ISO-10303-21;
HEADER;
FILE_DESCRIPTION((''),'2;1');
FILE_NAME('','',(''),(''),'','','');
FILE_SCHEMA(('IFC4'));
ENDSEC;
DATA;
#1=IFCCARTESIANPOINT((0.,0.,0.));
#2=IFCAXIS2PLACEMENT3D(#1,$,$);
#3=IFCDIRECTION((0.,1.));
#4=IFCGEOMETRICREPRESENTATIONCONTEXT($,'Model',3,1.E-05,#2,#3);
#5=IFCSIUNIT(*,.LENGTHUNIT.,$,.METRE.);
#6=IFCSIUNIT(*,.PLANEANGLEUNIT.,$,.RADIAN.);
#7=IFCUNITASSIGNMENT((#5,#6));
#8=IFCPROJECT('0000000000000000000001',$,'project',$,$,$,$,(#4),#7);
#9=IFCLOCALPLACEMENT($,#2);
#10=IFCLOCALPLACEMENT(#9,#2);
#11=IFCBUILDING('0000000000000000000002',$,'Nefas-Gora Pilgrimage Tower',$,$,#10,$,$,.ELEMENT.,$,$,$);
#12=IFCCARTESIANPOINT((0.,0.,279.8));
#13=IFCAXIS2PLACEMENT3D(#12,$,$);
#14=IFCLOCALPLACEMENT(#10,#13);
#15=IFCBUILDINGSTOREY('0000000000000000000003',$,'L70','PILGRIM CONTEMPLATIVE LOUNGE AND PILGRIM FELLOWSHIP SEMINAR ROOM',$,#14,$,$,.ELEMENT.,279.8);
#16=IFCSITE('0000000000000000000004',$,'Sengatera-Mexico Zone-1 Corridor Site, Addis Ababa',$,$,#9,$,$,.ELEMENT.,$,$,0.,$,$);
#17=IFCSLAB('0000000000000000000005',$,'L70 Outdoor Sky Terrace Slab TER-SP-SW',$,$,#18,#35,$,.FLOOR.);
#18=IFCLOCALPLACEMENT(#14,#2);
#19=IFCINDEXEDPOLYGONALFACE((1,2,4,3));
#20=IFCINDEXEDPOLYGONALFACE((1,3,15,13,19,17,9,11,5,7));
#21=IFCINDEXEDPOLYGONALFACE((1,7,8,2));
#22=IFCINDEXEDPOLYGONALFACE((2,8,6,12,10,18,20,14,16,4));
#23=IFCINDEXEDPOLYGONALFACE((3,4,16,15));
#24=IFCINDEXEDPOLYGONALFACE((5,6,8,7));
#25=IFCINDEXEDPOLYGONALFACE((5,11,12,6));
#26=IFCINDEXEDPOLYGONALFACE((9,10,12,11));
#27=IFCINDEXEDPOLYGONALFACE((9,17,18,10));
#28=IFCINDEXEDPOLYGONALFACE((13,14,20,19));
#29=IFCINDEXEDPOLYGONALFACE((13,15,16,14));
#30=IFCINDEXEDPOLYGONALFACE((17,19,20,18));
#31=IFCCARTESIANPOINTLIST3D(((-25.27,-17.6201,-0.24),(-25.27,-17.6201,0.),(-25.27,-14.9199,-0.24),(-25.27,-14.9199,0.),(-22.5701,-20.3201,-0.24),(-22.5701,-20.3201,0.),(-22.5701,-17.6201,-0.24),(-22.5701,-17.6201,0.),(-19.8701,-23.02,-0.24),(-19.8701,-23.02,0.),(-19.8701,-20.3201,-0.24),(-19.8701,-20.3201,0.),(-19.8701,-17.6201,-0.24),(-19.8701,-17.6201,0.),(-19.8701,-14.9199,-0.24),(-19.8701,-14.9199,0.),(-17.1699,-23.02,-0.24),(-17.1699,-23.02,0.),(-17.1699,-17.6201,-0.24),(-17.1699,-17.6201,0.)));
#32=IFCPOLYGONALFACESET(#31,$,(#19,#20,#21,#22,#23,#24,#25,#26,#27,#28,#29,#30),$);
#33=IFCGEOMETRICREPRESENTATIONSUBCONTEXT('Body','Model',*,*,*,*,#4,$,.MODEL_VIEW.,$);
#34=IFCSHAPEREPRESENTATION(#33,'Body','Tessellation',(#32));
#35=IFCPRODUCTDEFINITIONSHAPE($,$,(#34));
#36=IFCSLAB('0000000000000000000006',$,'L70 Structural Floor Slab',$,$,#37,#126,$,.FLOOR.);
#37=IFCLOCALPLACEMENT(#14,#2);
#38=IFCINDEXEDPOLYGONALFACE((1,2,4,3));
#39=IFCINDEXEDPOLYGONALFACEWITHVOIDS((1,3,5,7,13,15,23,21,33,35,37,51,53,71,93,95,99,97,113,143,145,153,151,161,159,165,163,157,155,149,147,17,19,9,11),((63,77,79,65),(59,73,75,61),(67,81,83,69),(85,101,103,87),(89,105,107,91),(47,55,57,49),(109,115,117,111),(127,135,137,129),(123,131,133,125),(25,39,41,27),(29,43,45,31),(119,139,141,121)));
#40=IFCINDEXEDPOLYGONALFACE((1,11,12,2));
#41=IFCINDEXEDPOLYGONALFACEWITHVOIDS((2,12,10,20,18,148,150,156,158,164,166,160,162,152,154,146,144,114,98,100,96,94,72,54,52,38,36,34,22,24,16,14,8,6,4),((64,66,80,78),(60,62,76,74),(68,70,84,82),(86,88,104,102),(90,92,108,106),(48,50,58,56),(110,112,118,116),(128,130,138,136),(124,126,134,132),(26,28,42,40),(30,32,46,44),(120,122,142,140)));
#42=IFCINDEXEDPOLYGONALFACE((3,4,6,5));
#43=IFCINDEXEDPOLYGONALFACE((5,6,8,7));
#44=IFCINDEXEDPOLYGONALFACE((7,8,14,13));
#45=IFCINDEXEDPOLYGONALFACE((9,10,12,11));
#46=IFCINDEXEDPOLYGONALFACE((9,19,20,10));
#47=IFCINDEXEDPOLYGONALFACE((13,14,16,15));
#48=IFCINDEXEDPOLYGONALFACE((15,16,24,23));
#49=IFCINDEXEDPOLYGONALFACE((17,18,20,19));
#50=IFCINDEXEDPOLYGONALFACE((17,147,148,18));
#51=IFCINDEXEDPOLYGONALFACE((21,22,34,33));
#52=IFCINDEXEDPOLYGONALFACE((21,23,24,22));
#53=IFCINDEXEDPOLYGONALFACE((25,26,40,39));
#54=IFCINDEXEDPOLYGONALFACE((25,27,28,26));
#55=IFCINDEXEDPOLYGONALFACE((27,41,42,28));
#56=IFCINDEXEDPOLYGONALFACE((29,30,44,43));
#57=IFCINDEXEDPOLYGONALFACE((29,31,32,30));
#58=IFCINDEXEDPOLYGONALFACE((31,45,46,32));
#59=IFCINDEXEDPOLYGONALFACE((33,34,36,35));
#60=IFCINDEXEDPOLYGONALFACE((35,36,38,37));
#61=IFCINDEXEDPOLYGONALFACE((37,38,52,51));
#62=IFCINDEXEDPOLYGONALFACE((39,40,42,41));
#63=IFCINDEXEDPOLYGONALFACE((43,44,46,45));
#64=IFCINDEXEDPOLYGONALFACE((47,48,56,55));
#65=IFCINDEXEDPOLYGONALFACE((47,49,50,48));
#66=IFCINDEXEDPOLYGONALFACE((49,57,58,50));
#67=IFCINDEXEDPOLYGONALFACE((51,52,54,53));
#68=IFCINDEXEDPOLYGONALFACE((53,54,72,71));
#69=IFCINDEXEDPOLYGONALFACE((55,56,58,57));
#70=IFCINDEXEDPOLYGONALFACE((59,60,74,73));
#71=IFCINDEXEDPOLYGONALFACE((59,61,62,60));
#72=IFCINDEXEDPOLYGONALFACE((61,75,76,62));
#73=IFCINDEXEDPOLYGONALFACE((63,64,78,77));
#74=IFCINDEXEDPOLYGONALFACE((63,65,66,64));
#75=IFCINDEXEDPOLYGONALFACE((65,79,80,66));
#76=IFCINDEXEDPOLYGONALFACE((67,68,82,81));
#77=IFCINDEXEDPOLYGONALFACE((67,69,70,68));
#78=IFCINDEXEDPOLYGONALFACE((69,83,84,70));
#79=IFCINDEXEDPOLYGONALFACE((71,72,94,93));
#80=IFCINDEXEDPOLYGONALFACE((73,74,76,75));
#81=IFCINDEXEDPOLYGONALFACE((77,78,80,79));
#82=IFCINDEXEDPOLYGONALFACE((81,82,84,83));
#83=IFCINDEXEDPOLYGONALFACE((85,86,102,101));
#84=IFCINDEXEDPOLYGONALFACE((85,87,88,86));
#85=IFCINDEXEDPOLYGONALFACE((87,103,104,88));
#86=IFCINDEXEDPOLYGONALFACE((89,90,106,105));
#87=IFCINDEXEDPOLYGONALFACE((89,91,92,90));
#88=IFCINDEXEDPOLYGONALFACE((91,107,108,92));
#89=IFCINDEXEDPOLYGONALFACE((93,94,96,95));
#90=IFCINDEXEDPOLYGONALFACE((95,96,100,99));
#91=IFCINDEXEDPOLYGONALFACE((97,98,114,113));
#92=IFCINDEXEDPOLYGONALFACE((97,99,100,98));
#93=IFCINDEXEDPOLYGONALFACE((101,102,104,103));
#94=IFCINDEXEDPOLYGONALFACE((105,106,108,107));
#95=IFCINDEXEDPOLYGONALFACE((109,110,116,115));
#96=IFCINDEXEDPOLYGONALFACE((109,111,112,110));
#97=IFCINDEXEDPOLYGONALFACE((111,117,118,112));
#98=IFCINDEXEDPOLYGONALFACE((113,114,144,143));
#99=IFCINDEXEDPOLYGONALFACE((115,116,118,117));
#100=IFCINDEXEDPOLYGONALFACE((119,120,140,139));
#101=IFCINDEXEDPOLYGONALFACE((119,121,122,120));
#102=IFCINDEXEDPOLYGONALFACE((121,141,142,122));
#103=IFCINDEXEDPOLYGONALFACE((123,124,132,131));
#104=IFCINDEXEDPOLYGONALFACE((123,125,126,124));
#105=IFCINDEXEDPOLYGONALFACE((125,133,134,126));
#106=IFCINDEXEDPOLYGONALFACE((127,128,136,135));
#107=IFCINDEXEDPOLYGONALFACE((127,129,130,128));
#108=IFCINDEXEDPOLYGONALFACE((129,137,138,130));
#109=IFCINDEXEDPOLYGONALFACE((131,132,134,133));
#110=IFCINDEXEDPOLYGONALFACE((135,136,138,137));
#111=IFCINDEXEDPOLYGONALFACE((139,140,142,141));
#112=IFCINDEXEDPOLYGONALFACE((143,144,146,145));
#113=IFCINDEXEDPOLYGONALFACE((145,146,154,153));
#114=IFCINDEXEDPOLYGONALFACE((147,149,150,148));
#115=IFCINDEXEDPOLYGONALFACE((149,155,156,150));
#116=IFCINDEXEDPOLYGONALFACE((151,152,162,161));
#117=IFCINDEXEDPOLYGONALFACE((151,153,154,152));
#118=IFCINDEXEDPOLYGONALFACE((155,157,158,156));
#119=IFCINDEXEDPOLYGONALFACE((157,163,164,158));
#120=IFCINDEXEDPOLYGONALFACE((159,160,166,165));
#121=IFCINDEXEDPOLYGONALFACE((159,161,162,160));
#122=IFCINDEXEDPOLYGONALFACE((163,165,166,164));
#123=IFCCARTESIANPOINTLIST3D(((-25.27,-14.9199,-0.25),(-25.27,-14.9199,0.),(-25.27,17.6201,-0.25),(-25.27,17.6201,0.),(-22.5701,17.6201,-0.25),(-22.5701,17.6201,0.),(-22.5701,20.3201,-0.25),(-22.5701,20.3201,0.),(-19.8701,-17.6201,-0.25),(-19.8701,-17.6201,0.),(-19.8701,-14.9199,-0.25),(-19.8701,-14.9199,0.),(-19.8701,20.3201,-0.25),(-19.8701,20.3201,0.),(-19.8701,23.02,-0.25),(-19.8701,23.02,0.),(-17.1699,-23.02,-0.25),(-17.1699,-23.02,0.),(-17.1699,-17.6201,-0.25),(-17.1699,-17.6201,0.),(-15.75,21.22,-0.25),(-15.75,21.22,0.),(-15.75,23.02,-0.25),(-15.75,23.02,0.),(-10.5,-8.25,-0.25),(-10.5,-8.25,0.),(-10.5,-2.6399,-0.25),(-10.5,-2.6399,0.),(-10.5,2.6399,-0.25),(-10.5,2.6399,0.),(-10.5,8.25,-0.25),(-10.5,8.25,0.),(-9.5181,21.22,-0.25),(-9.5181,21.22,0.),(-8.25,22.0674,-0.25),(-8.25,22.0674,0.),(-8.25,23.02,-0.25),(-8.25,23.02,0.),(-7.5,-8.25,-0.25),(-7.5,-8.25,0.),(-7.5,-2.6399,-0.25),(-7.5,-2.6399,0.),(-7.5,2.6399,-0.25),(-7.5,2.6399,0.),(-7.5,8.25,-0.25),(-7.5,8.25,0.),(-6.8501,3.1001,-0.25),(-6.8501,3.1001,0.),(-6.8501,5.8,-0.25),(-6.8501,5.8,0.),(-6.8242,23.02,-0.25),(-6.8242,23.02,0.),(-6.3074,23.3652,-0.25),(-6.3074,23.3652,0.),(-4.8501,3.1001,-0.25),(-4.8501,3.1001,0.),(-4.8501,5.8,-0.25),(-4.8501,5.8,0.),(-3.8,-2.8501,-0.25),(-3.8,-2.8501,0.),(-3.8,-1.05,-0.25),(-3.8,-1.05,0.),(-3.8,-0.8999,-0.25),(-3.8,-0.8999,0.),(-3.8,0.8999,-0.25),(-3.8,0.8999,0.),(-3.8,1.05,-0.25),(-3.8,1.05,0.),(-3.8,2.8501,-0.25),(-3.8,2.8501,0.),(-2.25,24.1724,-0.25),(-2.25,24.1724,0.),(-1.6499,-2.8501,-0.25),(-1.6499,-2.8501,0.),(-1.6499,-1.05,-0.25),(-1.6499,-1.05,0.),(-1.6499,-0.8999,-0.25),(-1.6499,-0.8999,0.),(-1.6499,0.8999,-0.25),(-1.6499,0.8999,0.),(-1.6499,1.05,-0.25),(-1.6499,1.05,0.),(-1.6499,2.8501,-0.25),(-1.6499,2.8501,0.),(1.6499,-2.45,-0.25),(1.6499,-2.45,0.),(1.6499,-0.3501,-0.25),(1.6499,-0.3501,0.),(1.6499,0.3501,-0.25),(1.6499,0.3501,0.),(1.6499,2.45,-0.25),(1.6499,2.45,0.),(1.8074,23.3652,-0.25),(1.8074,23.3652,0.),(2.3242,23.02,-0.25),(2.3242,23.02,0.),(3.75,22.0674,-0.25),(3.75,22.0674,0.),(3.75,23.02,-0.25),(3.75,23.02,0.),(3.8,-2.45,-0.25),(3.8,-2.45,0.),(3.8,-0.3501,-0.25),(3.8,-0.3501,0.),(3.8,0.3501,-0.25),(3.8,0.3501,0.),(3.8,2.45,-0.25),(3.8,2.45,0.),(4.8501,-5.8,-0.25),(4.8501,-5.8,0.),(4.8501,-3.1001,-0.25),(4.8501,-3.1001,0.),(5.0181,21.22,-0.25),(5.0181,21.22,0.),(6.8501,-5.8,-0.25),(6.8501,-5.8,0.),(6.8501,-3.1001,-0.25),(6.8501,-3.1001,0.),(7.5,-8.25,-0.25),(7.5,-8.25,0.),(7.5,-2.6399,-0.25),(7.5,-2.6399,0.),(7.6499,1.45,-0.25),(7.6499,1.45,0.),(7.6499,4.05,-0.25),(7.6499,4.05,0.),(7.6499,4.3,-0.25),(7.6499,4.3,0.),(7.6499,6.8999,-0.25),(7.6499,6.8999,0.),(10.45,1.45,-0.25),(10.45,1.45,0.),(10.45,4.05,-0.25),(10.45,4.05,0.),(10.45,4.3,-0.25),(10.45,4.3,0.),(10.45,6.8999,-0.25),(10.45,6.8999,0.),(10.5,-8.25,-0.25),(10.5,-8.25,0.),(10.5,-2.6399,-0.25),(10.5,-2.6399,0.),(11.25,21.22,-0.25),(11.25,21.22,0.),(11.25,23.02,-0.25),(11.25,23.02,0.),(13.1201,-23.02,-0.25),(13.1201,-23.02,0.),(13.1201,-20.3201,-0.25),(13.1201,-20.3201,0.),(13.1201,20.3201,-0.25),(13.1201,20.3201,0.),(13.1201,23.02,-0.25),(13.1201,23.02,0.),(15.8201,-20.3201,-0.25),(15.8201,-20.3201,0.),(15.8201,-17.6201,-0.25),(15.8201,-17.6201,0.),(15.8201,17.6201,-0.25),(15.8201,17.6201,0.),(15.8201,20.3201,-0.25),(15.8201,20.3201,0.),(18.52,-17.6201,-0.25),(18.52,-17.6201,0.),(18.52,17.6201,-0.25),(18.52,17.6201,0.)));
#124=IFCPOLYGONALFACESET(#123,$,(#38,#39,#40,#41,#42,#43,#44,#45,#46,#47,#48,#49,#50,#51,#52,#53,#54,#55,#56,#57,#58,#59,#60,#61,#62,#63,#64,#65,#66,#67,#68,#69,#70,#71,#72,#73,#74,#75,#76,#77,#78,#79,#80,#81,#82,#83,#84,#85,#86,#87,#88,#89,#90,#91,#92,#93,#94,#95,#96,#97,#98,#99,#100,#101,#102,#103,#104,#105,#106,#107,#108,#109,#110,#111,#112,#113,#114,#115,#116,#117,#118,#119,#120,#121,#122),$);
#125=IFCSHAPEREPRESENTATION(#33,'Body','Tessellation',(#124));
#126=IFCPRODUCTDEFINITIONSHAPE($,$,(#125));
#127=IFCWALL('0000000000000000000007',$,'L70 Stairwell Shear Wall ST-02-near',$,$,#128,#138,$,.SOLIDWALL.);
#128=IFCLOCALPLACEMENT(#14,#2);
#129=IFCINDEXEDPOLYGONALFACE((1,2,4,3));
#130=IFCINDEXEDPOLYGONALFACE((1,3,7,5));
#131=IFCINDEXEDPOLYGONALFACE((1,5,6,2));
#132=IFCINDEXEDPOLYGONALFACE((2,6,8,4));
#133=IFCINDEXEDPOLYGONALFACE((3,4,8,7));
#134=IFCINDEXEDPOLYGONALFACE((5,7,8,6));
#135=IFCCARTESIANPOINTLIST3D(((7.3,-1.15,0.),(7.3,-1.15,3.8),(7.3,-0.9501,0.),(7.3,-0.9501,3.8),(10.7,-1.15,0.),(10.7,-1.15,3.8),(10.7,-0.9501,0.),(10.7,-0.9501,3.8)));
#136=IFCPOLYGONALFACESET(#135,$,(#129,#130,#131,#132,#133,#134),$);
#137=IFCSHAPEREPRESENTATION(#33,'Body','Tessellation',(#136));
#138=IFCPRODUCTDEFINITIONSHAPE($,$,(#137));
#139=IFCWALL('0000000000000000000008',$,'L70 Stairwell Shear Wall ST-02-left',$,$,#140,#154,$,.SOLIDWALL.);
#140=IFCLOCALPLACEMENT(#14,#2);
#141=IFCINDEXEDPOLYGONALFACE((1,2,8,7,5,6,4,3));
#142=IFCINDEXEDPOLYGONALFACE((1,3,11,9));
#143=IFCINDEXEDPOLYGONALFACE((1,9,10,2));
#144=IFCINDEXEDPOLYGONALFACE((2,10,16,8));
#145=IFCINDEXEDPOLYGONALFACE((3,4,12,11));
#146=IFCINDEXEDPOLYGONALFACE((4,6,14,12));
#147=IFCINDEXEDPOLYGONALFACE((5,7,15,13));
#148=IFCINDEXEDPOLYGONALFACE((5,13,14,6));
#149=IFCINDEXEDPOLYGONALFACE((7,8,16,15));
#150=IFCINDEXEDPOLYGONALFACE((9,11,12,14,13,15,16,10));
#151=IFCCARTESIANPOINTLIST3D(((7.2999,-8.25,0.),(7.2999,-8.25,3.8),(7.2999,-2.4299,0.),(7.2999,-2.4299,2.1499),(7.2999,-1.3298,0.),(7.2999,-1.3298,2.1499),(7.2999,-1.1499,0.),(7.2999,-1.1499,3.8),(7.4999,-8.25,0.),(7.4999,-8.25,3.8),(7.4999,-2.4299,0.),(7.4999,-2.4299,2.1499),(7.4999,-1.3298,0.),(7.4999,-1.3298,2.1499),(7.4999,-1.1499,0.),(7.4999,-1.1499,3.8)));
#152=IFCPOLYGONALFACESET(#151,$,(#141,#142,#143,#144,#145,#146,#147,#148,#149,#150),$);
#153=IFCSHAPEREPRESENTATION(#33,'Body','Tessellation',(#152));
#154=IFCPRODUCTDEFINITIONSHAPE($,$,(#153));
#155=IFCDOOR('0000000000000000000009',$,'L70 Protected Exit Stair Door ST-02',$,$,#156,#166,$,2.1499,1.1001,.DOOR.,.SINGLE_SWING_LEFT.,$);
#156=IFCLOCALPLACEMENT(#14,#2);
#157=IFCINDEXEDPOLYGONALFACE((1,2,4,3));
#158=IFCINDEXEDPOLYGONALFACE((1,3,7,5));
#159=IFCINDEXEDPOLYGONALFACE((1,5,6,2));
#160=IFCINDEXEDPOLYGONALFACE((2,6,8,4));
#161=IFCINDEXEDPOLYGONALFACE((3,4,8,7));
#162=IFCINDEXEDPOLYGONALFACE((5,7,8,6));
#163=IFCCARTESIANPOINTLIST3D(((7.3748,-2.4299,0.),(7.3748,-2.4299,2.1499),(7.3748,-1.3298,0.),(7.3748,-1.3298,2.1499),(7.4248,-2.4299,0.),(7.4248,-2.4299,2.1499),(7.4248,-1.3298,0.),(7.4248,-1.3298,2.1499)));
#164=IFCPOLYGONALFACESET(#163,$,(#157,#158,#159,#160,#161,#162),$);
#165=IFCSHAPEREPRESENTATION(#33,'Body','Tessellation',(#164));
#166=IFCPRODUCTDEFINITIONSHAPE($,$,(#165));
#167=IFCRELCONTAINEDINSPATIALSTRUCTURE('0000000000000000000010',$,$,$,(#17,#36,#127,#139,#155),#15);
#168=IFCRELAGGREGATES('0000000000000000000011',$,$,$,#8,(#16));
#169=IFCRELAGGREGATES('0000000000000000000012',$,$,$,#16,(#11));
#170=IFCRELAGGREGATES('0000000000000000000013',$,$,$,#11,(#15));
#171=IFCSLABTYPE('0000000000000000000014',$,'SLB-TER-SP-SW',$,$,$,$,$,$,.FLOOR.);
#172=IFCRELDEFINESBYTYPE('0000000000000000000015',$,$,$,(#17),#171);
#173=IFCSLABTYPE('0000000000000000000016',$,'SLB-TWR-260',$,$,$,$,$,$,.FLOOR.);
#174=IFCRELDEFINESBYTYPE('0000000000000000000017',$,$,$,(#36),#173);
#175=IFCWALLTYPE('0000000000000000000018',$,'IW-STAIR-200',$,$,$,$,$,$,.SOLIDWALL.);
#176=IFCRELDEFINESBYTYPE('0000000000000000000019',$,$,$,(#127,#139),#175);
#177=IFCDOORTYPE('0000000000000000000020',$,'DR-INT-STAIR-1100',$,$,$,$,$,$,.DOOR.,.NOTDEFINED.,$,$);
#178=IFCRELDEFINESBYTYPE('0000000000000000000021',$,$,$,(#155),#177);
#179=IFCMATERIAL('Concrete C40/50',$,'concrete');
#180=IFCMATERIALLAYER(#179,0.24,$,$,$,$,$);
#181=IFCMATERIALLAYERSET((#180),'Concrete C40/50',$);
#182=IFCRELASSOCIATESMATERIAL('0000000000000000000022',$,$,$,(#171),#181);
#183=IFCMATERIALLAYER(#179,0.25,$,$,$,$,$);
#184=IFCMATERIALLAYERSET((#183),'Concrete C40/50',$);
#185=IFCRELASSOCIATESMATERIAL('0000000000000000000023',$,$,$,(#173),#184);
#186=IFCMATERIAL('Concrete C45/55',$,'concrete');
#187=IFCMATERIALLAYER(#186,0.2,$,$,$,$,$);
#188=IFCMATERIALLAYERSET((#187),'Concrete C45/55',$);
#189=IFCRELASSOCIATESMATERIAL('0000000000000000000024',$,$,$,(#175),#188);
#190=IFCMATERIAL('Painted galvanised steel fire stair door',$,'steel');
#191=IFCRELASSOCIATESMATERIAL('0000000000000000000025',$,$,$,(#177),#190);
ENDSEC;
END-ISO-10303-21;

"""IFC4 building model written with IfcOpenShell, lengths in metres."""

from ifc_helpers import new_model, si_unit, direction, frame, frame_2d, origin, place, context, subcontext, project, spatial, polyline, rectangle, outline, extrude, source, transform, mapped, material, layer, layer_set, type_object, element, fill, save


model = new_model("IFC4")

# Units and contexts
model_context = context("Model", 3, precision=1e-05, world=origin(), true_north=direction((0.0, 1.0)))
body_context = subcontext(model_context, "Body", "Model", "MODEL_VIEW")
ifc_project = project(units=[si_unit("LENGTHUNIT", "METRE"), si_unit("PLANEANGLEUNIT", "RADIAN")], contexts=[model_context])

# Site, building, storey
site_placement = place(None, origin())
site = spatial("IfcSite", under=ifc_project, at=site_placement, Name="Sengatera-Mexico Zone-1 Corridor Site, Addis Ababa", CompositionType="ELEMENT", RefElevation=0.0)
building_placement = place(site_placement, origin())
building = spatial("IfcBuilding", under=site, at=building_placement, Name="Nefas-Gora Pilgrimage Tower", CompositionType="ELEMENT")
storey_placement = place(building_placement, frame((0.0, 0.0, 279.8)))
storey = spatial("IfcBuildingStorey", under=building, at=storey_placement, Name="L70", Description="PILGRIM CONTEMPLATIVE LOUNGE AND PILGRIM FELLOWSHIP SEMINAR ROOM", CompositionType="ELEMENT", Elevation=279.8)

# Slabs
ifc_material_1 = material(Name="Concrete C40/50", Category="concrete")
ifc_layer_1 = layer(ifc_material_1, 0.24)
ifc_layer_set_1 = layer_set([ifc_layer_1], Name="Concrete C40/50")
slab_type_1 = type_object("IfcSlabType", Name="SLB-TER-SP-SW", PredefinedType="FLOOR", material=ifc_layer_set_1)
slab_1_placement = place(storey_placement, frame((0.0, 0.0, -0.24)))
element("IfcSlab", 1, at=slab_1_placement, inside=storey, type_object=slab_type_1, Name="L70 Outdoor Sky Terrace Slab TER-SP-SW", PredefinedType="FLOOR", context=body_context, shape_type="SweptSolid", body=[
    extrude(outline(polyline([(-17.1699, -23.02), (-17.1699, -17.6201), (-19.8701, -17.6201), (-19.8701, -14.9199), (-25.27, -14.9199), (-25.27, -17.6201), (-22.5701, -17.6201), (-22.5701, -20.3201), (-19.8701, -20.3201), (-19.8701, -23.02), (-17.1699, -23.02)])), origin(), (0.0, 0.0, 1.0), 0.24),
])
ifc_layer_2 = layer(ifc_material_1, 0.25)
ifc_layer_set_2 = layer_set([ifc_layer_2], Name="Concrete C40/50")
slab_type_2 = type_object("IfcSlabType", Name="SLB-TWR-260", PredefinedType="FLOOR", material=ifc_layer_set_2)
slab_2_placement = place(storey_placement, frame((0.0, 0.0, -0.25)))
element("IfcSlab", 2, at=slab_2_placement, inside=storey, type_object=slab_type_2, Name="L70 Structural Floor Slab", PredefinedType="FLOOR", context=body_context, shape_type="SweptSolid", body=[
    extrude(outline(polyline([(15.8201, -20.3201), (15.8201, -17.6201), (18.52, -17.6201), (18.52, 17.6201), (15.8201, 17.6201), (15.8201, 20.3201), (13.1201, 20.3201), (13.1201, 23.02), (11.25, 23.02), (11.25, 21.22), (5.0181, 21.22), (3.75, 22.0674), (3.75, 23.02), (2.3242, 23.02), (1.8074, 23.3652), (-2.25, 24.1724), (-6.3074, 23.3652), (-6.8242, 23.02), (-8.25, 23.02), (-8.25, 22.0674), (-9.5181, 21.22), (-15.75, 21.22), (-15.75, 23.02), (-19.8701, 23.02), (-19.8701, 20.3201), (-22.5701, 20.3201), (-22.5701, 17.6201), (-25.27, 17.6201), (-25.27, -14.9199), (-19.8701, -14.9199), (-19.8701, -17.6201), (-17.1699, -17.6201), (-17.1699, -23.02), (13.1201, -23.02), (13.1201, -20.3201), (15.8201, -20.3201)]), holes=[polyline([(-10.5, 2.6399), (-10.5, 8.25), (-7.5, 8.25), (-7.5, 2.6399), (-10.5, 2.6399)]), polyline([(10.5, -2.6399), (10.5, -8.25), (7.5, -8.25), (7.5, -2.6399), (10.5, -2.6399)]), polyline([(-7.5, -2.6399), (-7.5, -8.25), (-10.5, -8.25), (-10.5, -2.6399), (-7.5, -2.6399)]), polyline([(-6.8501, 5.8), (-4.8501, 5.8), (-4.8501, 3.1001), (-6.8501, 3.1001), (-6.8501, 5.8)]), polyline([(4.8501, -3.1001), (6.8501, -3.1001), (6.8501, -5.8), (4.8501, -5.8), (4.8501, -3.1001)]), polyline([(7.6499, 4.05), (10.45, 4.05), (10.45, 1.45), (7.6499, 1.45), (7.6499, 4.05)]), polyline([(7.6499, 6.8999), (10.45, 6.8999), (10.45, 4.3), (7.6499, 4.3), (7.6499, 6.8999)]), polyline([(-3.8, -1.05), (-1.6499, -1.05), (-1.6499, -2.8501), (-3.8, -2.8501), (-3.8, -1.05)]), polyline([(-3.8, 0.8999), (-1.6499, 0.8999), (-1.6499, -0.8999), (-3.8, -0.8999), (-3.8, 0.8999)]), polyline([(-3.8, 2.8501), (-1.6499, 2.8501), (-1.6499, 1.05), (-3.8, 1.05), (-3.8, 2.8501)]), polyline([(1.6499, -0.3501), (3.8, -0.3501), (3.8, -2.45), (1.6499, -2.45), (1.6499, -0.3501)]), polyline([(1.6499, 2.45), (3.8, 2.45), (3.8, 0.3501), (1.6499, 0.3501), (1.6499, 2.45)])]), origin(), (0.0, 0.0, 1.0), 0.25),
])

# Wall
ifc_material_2 = material(Name="Concrete C45/55", Category="concrete")
ifc_layer_3 = layer(ifc_material_2, 0.2)
ifc_layer_set_3 = layer_set([ifc_layer_3], Name="Concrete C45/55")
wall_type_1 = type_object("IfcWallType", Name="IW-STAIR-200", PredefinedType="SOLIDWALL", material=ifc_layer_set_3)
shared_shape_1 = source(origin(), body_context, "Body", "SweptSolid", [
    extrude(rectangle(XDim=3.3999, YDim=0.2, at=frame_2d((1.7, 0.0))), origin(), (0.0, 0.0, 1.0), 3.8),
])
wall_1_placement = place(storey_placement, frame((7.3, -1.05, 0.0), z_axis=(0.0, 0.0, 1.0), x_axis=(1.0, 0.0, 0.0)))
element("IfcWall", 3, at=wall_1_placement, inside=storey, type_object=wall_type_1, Name="L70 Stairwell Shear Wall ST-02-near", PredefinedType="SOLIDWALL", context=body_context, shape_type="MappedRepresentation", body=[
    mapped(shared_shape_1, transform((0.0, 0.0, 0.0), x_axis=(1.0, 0.0, 0.0), y_axis=(0.0, 1.0, 0.0), z_axis=(0.0, 0.0, 1.0), scale=1.0)),
])

# Wall, opening, door
shared_shape_2 = source(origin(), body_context, "Body", "SweptSolid", [
    extrude(rectangle(XDim=7.1001, YDim=0.2, at=frame_2d((3.55, 0.0))), origin(), (0.0, 0.0, 1.0), 3.8),
])
wall_2_placement = place(storey_placement, frame((7.3999, -1.1499, 0.0), z_axis=(0.0, 0.0, 1.0), x_axis=(0.0, -1.0, 0.0)))
wall_2 = element("IfcWall", 4, at=wall_2_placement, inside=storey, type_object=wall_type_1, Name="L70 Stairwell Shear Wall ST-02-left", PredefinedType="SOLIDWALL", context=body_context, shape_type="MappedRepresentation", body=[
    mapped(shared_shape_2, transform((0.0, 0.0, 0.0), x_axis=(1.0, 0.0, 0.0), y_axis=(0.0, 1.0, 0.0), z_axis=(0.0, 0.0, 1.0), scale=1.0)),
])
opening_1_placement = place(wall_2_placement, frame((0.1799, 0.0, 0.0)))
opening_1 = element("IfcOpeningElement", 5, at=opening_1_placement, cuts=wall_2, PredefinedType="OPENING", context=body_context, shape_type="SweptSolid", body=[
    extrude(rectangle(XDim=1.1001, YDim=2.1499, at=frame_2d((0.55, 1.075))), frame((0.0, 0.1099, 0.0), z_axis=(0.0, -1.0, 0.0), x_axis=(1.0, 0.0, 0.0)), (0.0, 0.0, 1.0), 0.22),
])
ifc_material_3 = material(Name="Painted galvanised steel fire stair door", Category="steel")
door_type_1 = type_object("IfcDoorType", Name="DR-INT-STAIR-1100", OperationType="NOTDEFINED", PredefinedType="DOOR", material=ifc_material_3)
shared_shape_3 = source(origin(), body_context, "Body", "SweptSolid", [
    extrude(rectangle(XDim=1.1001, YDim=2.1499, at=frame_2d((0.55, 1.075))), frame((0.0, 0.0249, 0.0), z_axis=(0.0, -1.0, 0.0), x_axis=(1.0, 0.0, 0.0)), (0.0, 0.0, 1.0), 0.05),
])
door_1_placement = place(opening_1_placement, origin())
door_1 = element("IfcDoor", 6, at=door_1_placement, inside=storey, type_object=door_type_1, Name="L70 Protected Exit Stair Door ST-02", OperationType="SINGLE_SWING_LEFT", OverallHeight=2.1499, OverallWidth=1.1001, PredefinedType="DOOR", context=body_context, shape_type="MappedRepresentation", body=[
    mapped(shared_shape_3, transform((0.0, 0.0, 0.0), x_axis=(1.0, 0.0, 0.0), y_axis=(0.0, 1.0, 0.0), z_axis=(0.0, 0.0, 1.0), scale=1.0)),
])
fill(opening_1, door_1)

save(model, "model.ifc")
